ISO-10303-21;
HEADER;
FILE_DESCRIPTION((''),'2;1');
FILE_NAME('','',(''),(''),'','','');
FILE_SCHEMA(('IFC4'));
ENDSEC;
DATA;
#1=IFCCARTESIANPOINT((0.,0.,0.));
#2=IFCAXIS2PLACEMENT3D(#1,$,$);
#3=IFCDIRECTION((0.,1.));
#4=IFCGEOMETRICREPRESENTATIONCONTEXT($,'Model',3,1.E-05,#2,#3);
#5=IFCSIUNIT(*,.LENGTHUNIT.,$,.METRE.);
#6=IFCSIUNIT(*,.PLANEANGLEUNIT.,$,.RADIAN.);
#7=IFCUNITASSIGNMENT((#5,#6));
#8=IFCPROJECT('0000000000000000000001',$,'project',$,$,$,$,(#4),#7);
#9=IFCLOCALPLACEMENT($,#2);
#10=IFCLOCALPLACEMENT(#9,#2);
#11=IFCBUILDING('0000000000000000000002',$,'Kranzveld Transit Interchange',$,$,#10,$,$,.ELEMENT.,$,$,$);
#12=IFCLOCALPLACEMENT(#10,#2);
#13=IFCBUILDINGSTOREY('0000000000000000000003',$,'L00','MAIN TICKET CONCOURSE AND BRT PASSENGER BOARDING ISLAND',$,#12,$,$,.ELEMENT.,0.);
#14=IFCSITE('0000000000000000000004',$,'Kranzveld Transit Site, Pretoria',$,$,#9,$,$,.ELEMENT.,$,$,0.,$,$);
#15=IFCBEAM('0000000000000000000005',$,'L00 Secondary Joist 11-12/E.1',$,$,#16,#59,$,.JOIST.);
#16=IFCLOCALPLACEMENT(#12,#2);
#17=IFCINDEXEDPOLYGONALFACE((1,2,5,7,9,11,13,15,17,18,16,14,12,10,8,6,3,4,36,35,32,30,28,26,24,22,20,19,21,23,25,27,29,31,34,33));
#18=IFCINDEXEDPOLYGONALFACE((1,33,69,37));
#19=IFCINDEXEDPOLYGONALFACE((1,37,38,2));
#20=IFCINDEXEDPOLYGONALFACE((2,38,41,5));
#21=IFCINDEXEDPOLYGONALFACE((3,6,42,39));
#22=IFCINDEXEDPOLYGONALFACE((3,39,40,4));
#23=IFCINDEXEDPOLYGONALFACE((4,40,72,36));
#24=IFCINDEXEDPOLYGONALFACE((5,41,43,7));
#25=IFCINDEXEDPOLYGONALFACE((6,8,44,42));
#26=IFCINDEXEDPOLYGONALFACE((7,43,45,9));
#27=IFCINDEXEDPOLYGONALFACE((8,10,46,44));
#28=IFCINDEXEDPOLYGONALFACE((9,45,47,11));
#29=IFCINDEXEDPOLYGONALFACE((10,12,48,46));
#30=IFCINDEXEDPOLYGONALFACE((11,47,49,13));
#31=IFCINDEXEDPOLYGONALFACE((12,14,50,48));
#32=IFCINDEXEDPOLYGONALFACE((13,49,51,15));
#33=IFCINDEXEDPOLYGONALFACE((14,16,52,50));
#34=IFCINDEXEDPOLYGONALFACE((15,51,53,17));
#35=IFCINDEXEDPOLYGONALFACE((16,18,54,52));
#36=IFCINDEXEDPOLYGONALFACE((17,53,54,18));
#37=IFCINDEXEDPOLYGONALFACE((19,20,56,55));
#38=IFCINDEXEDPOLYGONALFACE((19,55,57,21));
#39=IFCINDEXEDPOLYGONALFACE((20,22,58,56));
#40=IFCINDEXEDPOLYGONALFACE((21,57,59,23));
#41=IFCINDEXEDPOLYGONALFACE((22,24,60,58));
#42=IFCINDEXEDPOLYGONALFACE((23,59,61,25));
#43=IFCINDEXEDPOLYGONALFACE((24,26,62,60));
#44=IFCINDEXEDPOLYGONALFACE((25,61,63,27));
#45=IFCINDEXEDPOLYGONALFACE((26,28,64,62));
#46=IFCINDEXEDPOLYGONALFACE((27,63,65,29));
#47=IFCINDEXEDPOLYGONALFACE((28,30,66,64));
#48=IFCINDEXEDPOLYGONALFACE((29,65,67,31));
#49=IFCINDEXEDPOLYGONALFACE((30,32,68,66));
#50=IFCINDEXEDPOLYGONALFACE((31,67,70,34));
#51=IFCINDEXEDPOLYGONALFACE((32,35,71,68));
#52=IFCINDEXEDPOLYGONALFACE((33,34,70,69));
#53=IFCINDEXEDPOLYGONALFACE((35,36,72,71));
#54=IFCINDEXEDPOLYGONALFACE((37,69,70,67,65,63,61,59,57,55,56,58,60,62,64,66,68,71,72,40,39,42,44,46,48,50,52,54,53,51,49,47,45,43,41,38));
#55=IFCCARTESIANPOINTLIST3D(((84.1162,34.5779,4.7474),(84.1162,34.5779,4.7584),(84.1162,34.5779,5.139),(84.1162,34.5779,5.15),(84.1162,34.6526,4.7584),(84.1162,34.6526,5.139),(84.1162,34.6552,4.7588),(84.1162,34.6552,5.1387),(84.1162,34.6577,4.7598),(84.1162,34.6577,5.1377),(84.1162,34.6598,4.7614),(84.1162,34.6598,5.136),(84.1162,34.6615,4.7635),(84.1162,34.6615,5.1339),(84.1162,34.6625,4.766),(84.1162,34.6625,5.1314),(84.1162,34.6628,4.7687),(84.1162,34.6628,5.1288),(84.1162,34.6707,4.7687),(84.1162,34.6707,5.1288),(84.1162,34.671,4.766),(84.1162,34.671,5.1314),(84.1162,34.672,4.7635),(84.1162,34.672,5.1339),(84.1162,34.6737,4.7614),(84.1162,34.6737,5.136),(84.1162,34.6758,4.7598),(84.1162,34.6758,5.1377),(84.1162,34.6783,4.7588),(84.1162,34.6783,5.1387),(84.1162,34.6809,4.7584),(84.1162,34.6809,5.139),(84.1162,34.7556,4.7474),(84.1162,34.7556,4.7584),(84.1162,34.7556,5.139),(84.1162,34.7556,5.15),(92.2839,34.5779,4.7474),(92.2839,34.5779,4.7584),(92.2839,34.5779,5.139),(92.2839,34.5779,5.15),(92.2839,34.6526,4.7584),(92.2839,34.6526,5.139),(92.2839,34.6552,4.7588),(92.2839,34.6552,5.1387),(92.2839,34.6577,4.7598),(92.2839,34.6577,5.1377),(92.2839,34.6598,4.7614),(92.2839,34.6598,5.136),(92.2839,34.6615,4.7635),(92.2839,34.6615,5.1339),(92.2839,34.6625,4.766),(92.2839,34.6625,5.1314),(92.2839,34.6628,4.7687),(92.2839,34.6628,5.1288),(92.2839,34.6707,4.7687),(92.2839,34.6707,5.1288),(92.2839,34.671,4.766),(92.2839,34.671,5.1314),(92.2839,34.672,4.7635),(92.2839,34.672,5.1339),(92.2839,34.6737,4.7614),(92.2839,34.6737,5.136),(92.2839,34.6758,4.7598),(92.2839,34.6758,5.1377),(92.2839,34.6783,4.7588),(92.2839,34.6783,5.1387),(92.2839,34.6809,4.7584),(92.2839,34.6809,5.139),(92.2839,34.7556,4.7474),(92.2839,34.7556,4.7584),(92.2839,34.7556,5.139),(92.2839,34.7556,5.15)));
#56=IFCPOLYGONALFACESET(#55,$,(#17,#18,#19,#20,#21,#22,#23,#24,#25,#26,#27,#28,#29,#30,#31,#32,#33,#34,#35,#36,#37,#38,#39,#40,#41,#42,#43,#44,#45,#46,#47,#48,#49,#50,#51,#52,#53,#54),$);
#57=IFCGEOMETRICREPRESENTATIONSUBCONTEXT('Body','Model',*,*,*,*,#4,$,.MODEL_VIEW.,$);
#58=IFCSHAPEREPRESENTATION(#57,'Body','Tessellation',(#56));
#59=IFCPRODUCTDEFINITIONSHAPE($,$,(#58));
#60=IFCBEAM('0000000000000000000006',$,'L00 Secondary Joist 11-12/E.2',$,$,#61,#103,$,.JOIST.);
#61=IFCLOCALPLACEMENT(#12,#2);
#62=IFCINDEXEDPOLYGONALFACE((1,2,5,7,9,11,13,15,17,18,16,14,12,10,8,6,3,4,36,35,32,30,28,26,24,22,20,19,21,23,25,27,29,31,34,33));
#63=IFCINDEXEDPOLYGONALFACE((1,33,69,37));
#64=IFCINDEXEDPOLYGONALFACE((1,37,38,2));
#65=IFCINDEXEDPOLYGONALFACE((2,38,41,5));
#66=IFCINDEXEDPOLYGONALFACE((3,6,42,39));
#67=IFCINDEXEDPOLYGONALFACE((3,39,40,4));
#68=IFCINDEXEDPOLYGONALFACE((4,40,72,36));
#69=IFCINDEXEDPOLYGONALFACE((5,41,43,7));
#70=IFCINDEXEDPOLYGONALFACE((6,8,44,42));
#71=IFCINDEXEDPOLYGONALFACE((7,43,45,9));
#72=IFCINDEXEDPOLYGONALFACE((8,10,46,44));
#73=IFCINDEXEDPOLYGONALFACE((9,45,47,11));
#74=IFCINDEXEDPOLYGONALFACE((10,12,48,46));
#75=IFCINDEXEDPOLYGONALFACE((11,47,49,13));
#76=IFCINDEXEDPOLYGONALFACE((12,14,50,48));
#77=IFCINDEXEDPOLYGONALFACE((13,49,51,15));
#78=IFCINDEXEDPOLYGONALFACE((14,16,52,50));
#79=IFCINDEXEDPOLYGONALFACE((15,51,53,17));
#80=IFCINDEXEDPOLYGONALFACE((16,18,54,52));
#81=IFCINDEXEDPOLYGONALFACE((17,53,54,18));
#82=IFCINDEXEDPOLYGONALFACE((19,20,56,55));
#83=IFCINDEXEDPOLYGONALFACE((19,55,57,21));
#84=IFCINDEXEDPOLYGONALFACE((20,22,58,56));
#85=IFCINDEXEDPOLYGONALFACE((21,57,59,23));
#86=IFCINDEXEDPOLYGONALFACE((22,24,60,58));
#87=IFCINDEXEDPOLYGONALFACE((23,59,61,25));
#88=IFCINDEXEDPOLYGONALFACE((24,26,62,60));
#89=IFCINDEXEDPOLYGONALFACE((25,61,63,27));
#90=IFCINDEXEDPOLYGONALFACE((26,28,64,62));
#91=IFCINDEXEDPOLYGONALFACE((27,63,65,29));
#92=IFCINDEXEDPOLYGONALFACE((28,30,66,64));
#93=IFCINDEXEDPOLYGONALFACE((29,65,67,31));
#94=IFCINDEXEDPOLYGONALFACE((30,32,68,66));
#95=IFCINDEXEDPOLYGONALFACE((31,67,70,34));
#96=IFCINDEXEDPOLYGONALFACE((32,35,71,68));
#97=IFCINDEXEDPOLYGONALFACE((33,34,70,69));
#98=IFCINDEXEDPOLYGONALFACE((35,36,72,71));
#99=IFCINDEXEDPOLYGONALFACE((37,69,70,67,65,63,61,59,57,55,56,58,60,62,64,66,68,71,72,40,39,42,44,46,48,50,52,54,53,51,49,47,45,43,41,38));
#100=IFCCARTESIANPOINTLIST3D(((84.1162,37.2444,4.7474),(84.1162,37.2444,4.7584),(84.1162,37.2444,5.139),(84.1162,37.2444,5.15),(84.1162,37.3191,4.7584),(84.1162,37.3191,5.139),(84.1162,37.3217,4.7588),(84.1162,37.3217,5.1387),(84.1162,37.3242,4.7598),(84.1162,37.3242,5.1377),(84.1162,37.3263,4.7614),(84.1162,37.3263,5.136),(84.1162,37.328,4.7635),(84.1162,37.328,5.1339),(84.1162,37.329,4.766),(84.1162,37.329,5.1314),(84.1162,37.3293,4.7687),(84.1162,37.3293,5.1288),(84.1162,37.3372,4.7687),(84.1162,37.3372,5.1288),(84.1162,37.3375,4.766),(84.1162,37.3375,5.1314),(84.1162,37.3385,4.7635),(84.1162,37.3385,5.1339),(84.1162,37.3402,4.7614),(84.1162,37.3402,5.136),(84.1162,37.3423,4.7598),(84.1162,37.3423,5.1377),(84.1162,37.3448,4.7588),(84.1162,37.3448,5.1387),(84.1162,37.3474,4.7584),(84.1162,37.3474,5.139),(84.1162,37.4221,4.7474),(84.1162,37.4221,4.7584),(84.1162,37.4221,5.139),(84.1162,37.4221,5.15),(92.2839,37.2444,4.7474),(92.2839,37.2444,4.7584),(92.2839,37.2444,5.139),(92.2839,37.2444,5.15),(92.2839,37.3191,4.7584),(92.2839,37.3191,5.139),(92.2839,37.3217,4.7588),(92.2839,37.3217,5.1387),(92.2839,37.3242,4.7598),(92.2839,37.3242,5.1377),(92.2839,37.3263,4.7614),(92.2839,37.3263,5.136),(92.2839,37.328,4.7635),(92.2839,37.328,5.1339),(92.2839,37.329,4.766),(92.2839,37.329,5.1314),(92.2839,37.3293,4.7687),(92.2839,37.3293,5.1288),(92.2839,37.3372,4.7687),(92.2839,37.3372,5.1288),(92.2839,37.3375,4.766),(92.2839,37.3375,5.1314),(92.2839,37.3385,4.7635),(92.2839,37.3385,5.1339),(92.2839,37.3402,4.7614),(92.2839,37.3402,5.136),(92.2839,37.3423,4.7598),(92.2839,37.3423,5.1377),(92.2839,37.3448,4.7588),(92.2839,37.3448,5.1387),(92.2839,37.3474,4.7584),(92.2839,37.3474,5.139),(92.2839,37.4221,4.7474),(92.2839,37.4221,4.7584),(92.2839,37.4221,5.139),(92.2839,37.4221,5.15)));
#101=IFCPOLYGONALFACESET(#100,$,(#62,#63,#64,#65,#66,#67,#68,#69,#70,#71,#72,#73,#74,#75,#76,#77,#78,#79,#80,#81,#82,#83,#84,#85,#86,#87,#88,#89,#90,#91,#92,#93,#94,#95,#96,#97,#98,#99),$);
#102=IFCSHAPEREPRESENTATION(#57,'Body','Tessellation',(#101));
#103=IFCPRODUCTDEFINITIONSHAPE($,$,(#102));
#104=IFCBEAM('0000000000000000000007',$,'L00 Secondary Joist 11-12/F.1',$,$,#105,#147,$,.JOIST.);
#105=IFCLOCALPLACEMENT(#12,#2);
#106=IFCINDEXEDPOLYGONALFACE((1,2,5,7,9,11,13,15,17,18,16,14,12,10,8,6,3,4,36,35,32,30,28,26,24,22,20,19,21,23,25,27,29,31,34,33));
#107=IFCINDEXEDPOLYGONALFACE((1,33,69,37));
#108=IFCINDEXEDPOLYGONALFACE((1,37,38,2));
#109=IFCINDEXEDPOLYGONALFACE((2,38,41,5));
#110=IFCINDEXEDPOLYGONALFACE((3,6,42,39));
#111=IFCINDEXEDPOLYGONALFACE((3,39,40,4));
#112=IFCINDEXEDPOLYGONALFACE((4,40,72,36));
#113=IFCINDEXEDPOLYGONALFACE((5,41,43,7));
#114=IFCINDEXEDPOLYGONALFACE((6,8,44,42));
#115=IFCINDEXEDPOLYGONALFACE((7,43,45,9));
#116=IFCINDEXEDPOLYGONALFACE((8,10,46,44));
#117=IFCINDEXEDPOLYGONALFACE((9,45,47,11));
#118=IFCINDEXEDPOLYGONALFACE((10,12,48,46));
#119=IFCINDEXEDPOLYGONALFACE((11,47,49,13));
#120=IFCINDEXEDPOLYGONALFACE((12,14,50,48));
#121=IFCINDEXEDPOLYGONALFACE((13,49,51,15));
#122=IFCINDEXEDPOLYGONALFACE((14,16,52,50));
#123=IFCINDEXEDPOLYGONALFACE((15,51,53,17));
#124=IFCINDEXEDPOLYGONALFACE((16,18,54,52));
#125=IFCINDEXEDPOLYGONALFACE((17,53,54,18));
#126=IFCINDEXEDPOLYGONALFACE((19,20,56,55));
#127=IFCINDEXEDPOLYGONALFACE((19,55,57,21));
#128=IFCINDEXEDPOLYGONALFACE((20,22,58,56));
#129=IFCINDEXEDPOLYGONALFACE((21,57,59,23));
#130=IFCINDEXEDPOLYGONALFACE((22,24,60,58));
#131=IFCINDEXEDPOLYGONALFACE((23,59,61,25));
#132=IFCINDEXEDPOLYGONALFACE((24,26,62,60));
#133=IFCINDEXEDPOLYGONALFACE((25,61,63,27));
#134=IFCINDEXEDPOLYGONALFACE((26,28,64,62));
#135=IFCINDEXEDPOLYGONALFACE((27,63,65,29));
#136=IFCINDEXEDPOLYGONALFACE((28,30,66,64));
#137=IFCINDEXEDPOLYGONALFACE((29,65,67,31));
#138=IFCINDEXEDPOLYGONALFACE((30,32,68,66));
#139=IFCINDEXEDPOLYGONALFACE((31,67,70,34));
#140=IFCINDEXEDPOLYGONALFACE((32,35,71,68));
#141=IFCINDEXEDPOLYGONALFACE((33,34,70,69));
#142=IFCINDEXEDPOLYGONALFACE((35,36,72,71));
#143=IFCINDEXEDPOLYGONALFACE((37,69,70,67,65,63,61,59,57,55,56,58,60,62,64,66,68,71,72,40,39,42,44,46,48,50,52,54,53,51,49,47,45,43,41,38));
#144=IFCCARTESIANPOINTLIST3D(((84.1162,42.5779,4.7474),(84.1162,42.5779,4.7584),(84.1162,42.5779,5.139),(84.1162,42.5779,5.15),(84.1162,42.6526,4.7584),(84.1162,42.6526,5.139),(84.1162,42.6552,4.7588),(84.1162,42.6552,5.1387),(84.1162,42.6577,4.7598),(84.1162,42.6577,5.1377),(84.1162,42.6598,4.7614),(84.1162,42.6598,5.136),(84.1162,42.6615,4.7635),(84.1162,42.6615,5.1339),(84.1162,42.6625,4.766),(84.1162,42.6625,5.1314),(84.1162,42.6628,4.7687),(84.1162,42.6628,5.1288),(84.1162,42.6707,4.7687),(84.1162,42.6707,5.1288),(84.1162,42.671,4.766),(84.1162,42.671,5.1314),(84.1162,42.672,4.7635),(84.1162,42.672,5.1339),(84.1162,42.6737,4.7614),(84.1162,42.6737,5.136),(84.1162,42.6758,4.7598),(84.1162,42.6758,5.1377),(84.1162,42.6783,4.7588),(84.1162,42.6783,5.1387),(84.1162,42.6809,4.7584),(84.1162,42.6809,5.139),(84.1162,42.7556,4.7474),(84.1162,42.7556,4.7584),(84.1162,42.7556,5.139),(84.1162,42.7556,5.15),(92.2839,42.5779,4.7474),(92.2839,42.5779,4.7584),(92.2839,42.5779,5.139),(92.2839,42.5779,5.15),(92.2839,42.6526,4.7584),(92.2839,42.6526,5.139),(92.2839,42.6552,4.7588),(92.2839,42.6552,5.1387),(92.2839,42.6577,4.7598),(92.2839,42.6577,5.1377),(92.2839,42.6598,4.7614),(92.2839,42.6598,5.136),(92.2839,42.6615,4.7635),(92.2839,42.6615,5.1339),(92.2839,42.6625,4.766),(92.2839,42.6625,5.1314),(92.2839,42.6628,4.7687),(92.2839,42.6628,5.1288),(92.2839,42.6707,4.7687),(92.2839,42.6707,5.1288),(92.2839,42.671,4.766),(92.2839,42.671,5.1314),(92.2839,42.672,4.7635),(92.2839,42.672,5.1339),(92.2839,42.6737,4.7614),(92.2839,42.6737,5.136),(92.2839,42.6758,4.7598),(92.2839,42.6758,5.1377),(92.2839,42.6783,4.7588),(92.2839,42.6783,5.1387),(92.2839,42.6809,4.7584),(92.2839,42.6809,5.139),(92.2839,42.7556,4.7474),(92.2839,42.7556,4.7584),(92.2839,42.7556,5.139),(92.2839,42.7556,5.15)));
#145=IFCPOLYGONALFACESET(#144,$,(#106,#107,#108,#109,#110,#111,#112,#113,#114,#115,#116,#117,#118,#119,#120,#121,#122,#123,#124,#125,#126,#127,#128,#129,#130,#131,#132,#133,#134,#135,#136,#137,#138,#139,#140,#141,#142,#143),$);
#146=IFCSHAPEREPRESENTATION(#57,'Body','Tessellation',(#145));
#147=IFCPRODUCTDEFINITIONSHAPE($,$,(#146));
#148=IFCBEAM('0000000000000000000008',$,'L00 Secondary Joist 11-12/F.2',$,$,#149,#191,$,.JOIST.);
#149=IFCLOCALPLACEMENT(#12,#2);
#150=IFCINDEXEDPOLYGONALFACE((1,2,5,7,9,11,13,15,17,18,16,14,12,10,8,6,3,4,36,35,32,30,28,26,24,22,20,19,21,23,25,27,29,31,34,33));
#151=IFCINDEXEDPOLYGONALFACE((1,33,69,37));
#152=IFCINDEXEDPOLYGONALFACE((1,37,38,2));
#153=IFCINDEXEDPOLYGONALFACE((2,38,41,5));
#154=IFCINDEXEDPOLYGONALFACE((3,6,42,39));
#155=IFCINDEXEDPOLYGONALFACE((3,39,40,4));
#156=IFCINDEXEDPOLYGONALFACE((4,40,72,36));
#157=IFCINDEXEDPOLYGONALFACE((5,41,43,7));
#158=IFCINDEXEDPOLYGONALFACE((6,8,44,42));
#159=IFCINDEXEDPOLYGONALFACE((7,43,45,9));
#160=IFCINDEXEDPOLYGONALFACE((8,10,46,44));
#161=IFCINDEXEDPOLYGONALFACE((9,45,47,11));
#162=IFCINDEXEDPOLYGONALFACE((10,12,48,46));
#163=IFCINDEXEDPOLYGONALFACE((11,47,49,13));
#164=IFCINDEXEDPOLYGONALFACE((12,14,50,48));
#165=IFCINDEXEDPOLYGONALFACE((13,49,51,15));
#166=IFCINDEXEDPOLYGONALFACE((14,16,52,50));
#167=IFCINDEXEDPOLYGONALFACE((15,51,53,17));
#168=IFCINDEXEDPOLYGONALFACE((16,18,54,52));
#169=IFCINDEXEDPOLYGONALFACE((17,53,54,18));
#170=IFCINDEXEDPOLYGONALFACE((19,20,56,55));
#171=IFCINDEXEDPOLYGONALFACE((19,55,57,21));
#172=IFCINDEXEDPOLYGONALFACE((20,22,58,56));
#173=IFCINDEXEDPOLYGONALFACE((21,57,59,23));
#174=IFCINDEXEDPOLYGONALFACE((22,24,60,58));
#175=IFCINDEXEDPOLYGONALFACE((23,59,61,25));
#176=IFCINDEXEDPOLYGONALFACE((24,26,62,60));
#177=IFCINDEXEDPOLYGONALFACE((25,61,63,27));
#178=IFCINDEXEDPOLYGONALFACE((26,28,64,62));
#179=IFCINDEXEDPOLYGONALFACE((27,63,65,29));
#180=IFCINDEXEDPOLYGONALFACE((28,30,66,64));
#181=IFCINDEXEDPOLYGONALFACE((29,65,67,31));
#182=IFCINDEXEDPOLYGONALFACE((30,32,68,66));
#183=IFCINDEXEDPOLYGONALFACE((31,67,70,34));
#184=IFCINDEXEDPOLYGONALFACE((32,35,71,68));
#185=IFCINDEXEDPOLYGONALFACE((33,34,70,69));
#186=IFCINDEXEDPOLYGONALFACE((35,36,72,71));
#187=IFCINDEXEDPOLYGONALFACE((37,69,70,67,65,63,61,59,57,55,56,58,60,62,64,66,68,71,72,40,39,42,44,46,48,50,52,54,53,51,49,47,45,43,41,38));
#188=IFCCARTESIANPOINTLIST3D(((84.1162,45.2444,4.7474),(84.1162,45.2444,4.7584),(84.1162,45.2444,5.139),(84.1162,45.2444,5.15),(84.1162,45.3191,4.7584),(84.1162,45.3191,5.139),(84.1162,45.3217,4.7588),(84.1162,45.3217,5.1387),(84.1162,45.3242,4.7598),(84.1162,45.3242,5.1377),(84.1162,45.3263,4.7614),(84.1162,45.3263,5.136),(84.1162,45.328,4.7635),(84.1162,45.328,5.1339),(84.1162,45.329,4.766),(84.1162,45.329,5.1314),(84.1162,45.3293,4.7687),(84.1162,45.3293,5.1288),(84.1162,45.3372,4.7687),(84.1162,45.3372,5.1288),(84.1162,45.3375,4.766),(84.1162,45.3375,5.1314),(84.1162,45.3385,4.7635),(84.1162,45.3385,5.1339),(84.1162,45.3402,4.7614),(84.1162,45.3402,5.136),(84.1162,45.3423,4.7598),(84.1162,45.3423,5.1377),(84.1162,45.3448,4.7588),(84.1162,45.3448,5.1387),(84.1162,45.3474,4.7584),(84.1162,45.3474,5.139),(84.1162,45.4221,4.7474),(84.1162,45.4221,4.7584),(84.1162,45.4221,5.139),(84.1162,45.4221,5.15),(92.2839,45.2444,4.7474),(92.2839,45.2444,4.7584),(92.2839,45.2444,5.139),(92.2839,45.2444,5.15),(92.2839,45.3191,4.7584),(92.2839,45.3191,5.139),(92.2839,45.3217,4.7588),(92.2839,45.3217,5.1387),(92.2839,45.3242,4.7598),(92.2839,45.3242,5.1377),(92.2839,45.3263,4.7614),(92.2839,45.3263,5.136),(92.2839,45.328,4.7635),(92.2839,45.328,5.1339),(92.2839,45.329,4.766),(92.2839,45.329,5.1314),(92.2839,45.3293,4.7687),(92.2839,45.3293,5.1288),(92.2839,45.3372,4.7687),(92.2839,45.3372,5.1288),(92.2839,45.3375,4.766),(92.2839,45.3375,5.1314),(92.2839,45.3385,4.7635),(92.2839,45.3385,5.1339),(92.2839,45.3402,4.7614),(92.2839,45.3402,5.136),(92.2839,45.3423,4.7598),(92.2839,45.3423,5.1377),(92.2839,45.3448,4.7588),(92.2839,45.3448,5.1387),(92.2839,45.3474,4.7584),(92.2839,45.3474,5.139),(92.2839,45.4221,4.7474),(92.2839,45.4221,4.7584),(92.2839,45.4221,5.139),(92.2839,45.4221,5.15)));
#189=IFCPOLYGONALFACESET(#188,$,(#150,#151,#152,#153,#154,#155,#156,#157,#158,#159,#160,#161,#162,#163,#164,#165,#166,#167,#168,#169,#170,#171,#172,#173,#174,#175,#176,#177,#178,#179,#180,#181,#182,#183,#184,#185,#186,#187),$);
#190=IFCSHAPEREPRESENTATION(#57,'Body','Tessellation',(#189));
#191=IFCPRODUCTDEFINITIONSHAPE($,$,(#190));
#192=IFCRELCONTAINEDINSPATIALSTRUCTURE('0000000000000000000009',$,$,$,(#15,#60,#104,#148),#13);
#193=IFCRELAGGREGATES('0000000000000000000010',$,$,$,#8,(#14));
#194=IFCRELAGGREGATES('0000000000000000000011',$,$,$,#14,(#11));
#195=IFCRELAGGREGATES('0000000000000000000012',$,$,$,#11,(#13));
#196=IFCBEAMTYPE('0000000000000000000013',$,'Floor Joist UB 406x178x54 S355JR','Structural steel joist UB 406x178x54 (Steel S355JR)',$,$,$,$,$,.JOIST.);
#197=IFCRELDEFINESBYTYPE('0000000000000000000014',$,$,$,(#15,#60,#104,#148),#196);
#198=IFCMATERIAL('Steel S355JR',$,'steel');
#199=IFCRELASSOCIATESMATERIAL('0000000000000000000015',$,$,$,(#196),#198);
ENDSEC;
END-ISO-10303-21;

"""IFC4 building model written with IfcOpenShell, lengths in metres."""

from ifc_helpers import new_model, si_unit, direction, frame, origin, origin_2d, place, context, subcontext, project, spatial, i_section, extrude, material, material_profile, profile_set, type_object, element, save


model = new_model("IFC4")

# Units and contexts
model_context = context("Model", 3, precision=1e-05, world=origin(), true_north=direction((0.0, 1.0)))
body_context = subcontext(model_context, "Body", "Model", "MODEL_VIEW")
ifc_project = project(units=[si_unit("LENGTHUNIT", "METRE"), si_unit("PLANEANGLEUNIT", "RADIAN")], contexts=[model_context])

# Site, building, storey
site_placement = place(None, origin())
site = spatial("IfcSite", under=ifc_project, at=site_placement, Name="Kranzveld Transit Site, Pretoria", CompositionType="ELEMENT", RefElevation=0.0)
building_placement = place(site_placement, origin())
building = spatial("IfcBuilding", under=site, at=building_placement, Name="Kranzveld Transit Interchange", CompositionType="ELEMENT")
storey_placement = place(building_placement, origin())
storey = spatial("IfcBuildingStorey", under=building, at=storey_placement, Name="L00", Description="MAIN TICKET CONCOURSE AND BRT PASSENGER BOARDING ISLAND", CompositionType="ELEMENT", Elevation=0.0)

# Beams
ifc_material_1 = material(Name="Steel S355JR", Category="steel")
ifc_material_profile_1 = material_profile(ifc_material_1, i_section(OverallWidth=0.1777, OverallDepth=0.4026, WebThickness=0.0078, FlangeThickness=0.011, FilletRadius=0.0103, at=origin_2d()), Name="UB 406x178x54")
ifc_profile_set_1 = profile_set([ifc_material_profile_1], Name="Steel S355JR")
beam_type_1 = type_object("IfcBeamType", Name="Floor Joist UB 406x178x54 S355JR", Description="Structural steel joist UB 406x178x54 (Steel S355JR)", PredefinedType="JOIST", material=ifc_profile_set_1)
for number, where, z_axis, x_axis, name in (
    (1, (84.1162, 34.6667, 4.9487), (1.0, 0.0, 0.0), (0.0, 1.0, 0.0), "L00 Secondary Joist 11-12/E.1"),
    (2, (84.1162, 37.3333, 4.9487), (1.0, 0.0, 0.0), (0.0, 1.0, 0.0), "L00 Secondary Joist 11-12/E.2"),
    (3, (84.1162, 42.6667, 4.9487), (1.0, 0.0, 0.0), (0.0, 1.0, 0.0), "L00 Secondary Joist 11-12/F.1"),
    (4, (84.1162, 45.3333, 4.9487), (1.0, 0.0, 0.0), (0.0, 1.0, 0.0), "L00 Secondary Joist 11-12/F.2"),
):
    element("IfcBeam", number, at=place(storey_placement, frame(where, z_axis=z_axis, x_axis=x_axis)), inside=storey, type_object=beam_type_1, Name=name, PredefinedType="JOIST", context=body_context, shape_type="SweptSolid", body=[
        extrude(i_section(OverallWidth=0.1777, OverallDepth=0.4026, WebThickness=0.0078, FlangeThickness=0.011, FilletRadius=0.0103, at=origin_2d()), origin(), (0.0, 0.0, 1.0), 8.1677),
    ])

save(model, "model.ifc")
